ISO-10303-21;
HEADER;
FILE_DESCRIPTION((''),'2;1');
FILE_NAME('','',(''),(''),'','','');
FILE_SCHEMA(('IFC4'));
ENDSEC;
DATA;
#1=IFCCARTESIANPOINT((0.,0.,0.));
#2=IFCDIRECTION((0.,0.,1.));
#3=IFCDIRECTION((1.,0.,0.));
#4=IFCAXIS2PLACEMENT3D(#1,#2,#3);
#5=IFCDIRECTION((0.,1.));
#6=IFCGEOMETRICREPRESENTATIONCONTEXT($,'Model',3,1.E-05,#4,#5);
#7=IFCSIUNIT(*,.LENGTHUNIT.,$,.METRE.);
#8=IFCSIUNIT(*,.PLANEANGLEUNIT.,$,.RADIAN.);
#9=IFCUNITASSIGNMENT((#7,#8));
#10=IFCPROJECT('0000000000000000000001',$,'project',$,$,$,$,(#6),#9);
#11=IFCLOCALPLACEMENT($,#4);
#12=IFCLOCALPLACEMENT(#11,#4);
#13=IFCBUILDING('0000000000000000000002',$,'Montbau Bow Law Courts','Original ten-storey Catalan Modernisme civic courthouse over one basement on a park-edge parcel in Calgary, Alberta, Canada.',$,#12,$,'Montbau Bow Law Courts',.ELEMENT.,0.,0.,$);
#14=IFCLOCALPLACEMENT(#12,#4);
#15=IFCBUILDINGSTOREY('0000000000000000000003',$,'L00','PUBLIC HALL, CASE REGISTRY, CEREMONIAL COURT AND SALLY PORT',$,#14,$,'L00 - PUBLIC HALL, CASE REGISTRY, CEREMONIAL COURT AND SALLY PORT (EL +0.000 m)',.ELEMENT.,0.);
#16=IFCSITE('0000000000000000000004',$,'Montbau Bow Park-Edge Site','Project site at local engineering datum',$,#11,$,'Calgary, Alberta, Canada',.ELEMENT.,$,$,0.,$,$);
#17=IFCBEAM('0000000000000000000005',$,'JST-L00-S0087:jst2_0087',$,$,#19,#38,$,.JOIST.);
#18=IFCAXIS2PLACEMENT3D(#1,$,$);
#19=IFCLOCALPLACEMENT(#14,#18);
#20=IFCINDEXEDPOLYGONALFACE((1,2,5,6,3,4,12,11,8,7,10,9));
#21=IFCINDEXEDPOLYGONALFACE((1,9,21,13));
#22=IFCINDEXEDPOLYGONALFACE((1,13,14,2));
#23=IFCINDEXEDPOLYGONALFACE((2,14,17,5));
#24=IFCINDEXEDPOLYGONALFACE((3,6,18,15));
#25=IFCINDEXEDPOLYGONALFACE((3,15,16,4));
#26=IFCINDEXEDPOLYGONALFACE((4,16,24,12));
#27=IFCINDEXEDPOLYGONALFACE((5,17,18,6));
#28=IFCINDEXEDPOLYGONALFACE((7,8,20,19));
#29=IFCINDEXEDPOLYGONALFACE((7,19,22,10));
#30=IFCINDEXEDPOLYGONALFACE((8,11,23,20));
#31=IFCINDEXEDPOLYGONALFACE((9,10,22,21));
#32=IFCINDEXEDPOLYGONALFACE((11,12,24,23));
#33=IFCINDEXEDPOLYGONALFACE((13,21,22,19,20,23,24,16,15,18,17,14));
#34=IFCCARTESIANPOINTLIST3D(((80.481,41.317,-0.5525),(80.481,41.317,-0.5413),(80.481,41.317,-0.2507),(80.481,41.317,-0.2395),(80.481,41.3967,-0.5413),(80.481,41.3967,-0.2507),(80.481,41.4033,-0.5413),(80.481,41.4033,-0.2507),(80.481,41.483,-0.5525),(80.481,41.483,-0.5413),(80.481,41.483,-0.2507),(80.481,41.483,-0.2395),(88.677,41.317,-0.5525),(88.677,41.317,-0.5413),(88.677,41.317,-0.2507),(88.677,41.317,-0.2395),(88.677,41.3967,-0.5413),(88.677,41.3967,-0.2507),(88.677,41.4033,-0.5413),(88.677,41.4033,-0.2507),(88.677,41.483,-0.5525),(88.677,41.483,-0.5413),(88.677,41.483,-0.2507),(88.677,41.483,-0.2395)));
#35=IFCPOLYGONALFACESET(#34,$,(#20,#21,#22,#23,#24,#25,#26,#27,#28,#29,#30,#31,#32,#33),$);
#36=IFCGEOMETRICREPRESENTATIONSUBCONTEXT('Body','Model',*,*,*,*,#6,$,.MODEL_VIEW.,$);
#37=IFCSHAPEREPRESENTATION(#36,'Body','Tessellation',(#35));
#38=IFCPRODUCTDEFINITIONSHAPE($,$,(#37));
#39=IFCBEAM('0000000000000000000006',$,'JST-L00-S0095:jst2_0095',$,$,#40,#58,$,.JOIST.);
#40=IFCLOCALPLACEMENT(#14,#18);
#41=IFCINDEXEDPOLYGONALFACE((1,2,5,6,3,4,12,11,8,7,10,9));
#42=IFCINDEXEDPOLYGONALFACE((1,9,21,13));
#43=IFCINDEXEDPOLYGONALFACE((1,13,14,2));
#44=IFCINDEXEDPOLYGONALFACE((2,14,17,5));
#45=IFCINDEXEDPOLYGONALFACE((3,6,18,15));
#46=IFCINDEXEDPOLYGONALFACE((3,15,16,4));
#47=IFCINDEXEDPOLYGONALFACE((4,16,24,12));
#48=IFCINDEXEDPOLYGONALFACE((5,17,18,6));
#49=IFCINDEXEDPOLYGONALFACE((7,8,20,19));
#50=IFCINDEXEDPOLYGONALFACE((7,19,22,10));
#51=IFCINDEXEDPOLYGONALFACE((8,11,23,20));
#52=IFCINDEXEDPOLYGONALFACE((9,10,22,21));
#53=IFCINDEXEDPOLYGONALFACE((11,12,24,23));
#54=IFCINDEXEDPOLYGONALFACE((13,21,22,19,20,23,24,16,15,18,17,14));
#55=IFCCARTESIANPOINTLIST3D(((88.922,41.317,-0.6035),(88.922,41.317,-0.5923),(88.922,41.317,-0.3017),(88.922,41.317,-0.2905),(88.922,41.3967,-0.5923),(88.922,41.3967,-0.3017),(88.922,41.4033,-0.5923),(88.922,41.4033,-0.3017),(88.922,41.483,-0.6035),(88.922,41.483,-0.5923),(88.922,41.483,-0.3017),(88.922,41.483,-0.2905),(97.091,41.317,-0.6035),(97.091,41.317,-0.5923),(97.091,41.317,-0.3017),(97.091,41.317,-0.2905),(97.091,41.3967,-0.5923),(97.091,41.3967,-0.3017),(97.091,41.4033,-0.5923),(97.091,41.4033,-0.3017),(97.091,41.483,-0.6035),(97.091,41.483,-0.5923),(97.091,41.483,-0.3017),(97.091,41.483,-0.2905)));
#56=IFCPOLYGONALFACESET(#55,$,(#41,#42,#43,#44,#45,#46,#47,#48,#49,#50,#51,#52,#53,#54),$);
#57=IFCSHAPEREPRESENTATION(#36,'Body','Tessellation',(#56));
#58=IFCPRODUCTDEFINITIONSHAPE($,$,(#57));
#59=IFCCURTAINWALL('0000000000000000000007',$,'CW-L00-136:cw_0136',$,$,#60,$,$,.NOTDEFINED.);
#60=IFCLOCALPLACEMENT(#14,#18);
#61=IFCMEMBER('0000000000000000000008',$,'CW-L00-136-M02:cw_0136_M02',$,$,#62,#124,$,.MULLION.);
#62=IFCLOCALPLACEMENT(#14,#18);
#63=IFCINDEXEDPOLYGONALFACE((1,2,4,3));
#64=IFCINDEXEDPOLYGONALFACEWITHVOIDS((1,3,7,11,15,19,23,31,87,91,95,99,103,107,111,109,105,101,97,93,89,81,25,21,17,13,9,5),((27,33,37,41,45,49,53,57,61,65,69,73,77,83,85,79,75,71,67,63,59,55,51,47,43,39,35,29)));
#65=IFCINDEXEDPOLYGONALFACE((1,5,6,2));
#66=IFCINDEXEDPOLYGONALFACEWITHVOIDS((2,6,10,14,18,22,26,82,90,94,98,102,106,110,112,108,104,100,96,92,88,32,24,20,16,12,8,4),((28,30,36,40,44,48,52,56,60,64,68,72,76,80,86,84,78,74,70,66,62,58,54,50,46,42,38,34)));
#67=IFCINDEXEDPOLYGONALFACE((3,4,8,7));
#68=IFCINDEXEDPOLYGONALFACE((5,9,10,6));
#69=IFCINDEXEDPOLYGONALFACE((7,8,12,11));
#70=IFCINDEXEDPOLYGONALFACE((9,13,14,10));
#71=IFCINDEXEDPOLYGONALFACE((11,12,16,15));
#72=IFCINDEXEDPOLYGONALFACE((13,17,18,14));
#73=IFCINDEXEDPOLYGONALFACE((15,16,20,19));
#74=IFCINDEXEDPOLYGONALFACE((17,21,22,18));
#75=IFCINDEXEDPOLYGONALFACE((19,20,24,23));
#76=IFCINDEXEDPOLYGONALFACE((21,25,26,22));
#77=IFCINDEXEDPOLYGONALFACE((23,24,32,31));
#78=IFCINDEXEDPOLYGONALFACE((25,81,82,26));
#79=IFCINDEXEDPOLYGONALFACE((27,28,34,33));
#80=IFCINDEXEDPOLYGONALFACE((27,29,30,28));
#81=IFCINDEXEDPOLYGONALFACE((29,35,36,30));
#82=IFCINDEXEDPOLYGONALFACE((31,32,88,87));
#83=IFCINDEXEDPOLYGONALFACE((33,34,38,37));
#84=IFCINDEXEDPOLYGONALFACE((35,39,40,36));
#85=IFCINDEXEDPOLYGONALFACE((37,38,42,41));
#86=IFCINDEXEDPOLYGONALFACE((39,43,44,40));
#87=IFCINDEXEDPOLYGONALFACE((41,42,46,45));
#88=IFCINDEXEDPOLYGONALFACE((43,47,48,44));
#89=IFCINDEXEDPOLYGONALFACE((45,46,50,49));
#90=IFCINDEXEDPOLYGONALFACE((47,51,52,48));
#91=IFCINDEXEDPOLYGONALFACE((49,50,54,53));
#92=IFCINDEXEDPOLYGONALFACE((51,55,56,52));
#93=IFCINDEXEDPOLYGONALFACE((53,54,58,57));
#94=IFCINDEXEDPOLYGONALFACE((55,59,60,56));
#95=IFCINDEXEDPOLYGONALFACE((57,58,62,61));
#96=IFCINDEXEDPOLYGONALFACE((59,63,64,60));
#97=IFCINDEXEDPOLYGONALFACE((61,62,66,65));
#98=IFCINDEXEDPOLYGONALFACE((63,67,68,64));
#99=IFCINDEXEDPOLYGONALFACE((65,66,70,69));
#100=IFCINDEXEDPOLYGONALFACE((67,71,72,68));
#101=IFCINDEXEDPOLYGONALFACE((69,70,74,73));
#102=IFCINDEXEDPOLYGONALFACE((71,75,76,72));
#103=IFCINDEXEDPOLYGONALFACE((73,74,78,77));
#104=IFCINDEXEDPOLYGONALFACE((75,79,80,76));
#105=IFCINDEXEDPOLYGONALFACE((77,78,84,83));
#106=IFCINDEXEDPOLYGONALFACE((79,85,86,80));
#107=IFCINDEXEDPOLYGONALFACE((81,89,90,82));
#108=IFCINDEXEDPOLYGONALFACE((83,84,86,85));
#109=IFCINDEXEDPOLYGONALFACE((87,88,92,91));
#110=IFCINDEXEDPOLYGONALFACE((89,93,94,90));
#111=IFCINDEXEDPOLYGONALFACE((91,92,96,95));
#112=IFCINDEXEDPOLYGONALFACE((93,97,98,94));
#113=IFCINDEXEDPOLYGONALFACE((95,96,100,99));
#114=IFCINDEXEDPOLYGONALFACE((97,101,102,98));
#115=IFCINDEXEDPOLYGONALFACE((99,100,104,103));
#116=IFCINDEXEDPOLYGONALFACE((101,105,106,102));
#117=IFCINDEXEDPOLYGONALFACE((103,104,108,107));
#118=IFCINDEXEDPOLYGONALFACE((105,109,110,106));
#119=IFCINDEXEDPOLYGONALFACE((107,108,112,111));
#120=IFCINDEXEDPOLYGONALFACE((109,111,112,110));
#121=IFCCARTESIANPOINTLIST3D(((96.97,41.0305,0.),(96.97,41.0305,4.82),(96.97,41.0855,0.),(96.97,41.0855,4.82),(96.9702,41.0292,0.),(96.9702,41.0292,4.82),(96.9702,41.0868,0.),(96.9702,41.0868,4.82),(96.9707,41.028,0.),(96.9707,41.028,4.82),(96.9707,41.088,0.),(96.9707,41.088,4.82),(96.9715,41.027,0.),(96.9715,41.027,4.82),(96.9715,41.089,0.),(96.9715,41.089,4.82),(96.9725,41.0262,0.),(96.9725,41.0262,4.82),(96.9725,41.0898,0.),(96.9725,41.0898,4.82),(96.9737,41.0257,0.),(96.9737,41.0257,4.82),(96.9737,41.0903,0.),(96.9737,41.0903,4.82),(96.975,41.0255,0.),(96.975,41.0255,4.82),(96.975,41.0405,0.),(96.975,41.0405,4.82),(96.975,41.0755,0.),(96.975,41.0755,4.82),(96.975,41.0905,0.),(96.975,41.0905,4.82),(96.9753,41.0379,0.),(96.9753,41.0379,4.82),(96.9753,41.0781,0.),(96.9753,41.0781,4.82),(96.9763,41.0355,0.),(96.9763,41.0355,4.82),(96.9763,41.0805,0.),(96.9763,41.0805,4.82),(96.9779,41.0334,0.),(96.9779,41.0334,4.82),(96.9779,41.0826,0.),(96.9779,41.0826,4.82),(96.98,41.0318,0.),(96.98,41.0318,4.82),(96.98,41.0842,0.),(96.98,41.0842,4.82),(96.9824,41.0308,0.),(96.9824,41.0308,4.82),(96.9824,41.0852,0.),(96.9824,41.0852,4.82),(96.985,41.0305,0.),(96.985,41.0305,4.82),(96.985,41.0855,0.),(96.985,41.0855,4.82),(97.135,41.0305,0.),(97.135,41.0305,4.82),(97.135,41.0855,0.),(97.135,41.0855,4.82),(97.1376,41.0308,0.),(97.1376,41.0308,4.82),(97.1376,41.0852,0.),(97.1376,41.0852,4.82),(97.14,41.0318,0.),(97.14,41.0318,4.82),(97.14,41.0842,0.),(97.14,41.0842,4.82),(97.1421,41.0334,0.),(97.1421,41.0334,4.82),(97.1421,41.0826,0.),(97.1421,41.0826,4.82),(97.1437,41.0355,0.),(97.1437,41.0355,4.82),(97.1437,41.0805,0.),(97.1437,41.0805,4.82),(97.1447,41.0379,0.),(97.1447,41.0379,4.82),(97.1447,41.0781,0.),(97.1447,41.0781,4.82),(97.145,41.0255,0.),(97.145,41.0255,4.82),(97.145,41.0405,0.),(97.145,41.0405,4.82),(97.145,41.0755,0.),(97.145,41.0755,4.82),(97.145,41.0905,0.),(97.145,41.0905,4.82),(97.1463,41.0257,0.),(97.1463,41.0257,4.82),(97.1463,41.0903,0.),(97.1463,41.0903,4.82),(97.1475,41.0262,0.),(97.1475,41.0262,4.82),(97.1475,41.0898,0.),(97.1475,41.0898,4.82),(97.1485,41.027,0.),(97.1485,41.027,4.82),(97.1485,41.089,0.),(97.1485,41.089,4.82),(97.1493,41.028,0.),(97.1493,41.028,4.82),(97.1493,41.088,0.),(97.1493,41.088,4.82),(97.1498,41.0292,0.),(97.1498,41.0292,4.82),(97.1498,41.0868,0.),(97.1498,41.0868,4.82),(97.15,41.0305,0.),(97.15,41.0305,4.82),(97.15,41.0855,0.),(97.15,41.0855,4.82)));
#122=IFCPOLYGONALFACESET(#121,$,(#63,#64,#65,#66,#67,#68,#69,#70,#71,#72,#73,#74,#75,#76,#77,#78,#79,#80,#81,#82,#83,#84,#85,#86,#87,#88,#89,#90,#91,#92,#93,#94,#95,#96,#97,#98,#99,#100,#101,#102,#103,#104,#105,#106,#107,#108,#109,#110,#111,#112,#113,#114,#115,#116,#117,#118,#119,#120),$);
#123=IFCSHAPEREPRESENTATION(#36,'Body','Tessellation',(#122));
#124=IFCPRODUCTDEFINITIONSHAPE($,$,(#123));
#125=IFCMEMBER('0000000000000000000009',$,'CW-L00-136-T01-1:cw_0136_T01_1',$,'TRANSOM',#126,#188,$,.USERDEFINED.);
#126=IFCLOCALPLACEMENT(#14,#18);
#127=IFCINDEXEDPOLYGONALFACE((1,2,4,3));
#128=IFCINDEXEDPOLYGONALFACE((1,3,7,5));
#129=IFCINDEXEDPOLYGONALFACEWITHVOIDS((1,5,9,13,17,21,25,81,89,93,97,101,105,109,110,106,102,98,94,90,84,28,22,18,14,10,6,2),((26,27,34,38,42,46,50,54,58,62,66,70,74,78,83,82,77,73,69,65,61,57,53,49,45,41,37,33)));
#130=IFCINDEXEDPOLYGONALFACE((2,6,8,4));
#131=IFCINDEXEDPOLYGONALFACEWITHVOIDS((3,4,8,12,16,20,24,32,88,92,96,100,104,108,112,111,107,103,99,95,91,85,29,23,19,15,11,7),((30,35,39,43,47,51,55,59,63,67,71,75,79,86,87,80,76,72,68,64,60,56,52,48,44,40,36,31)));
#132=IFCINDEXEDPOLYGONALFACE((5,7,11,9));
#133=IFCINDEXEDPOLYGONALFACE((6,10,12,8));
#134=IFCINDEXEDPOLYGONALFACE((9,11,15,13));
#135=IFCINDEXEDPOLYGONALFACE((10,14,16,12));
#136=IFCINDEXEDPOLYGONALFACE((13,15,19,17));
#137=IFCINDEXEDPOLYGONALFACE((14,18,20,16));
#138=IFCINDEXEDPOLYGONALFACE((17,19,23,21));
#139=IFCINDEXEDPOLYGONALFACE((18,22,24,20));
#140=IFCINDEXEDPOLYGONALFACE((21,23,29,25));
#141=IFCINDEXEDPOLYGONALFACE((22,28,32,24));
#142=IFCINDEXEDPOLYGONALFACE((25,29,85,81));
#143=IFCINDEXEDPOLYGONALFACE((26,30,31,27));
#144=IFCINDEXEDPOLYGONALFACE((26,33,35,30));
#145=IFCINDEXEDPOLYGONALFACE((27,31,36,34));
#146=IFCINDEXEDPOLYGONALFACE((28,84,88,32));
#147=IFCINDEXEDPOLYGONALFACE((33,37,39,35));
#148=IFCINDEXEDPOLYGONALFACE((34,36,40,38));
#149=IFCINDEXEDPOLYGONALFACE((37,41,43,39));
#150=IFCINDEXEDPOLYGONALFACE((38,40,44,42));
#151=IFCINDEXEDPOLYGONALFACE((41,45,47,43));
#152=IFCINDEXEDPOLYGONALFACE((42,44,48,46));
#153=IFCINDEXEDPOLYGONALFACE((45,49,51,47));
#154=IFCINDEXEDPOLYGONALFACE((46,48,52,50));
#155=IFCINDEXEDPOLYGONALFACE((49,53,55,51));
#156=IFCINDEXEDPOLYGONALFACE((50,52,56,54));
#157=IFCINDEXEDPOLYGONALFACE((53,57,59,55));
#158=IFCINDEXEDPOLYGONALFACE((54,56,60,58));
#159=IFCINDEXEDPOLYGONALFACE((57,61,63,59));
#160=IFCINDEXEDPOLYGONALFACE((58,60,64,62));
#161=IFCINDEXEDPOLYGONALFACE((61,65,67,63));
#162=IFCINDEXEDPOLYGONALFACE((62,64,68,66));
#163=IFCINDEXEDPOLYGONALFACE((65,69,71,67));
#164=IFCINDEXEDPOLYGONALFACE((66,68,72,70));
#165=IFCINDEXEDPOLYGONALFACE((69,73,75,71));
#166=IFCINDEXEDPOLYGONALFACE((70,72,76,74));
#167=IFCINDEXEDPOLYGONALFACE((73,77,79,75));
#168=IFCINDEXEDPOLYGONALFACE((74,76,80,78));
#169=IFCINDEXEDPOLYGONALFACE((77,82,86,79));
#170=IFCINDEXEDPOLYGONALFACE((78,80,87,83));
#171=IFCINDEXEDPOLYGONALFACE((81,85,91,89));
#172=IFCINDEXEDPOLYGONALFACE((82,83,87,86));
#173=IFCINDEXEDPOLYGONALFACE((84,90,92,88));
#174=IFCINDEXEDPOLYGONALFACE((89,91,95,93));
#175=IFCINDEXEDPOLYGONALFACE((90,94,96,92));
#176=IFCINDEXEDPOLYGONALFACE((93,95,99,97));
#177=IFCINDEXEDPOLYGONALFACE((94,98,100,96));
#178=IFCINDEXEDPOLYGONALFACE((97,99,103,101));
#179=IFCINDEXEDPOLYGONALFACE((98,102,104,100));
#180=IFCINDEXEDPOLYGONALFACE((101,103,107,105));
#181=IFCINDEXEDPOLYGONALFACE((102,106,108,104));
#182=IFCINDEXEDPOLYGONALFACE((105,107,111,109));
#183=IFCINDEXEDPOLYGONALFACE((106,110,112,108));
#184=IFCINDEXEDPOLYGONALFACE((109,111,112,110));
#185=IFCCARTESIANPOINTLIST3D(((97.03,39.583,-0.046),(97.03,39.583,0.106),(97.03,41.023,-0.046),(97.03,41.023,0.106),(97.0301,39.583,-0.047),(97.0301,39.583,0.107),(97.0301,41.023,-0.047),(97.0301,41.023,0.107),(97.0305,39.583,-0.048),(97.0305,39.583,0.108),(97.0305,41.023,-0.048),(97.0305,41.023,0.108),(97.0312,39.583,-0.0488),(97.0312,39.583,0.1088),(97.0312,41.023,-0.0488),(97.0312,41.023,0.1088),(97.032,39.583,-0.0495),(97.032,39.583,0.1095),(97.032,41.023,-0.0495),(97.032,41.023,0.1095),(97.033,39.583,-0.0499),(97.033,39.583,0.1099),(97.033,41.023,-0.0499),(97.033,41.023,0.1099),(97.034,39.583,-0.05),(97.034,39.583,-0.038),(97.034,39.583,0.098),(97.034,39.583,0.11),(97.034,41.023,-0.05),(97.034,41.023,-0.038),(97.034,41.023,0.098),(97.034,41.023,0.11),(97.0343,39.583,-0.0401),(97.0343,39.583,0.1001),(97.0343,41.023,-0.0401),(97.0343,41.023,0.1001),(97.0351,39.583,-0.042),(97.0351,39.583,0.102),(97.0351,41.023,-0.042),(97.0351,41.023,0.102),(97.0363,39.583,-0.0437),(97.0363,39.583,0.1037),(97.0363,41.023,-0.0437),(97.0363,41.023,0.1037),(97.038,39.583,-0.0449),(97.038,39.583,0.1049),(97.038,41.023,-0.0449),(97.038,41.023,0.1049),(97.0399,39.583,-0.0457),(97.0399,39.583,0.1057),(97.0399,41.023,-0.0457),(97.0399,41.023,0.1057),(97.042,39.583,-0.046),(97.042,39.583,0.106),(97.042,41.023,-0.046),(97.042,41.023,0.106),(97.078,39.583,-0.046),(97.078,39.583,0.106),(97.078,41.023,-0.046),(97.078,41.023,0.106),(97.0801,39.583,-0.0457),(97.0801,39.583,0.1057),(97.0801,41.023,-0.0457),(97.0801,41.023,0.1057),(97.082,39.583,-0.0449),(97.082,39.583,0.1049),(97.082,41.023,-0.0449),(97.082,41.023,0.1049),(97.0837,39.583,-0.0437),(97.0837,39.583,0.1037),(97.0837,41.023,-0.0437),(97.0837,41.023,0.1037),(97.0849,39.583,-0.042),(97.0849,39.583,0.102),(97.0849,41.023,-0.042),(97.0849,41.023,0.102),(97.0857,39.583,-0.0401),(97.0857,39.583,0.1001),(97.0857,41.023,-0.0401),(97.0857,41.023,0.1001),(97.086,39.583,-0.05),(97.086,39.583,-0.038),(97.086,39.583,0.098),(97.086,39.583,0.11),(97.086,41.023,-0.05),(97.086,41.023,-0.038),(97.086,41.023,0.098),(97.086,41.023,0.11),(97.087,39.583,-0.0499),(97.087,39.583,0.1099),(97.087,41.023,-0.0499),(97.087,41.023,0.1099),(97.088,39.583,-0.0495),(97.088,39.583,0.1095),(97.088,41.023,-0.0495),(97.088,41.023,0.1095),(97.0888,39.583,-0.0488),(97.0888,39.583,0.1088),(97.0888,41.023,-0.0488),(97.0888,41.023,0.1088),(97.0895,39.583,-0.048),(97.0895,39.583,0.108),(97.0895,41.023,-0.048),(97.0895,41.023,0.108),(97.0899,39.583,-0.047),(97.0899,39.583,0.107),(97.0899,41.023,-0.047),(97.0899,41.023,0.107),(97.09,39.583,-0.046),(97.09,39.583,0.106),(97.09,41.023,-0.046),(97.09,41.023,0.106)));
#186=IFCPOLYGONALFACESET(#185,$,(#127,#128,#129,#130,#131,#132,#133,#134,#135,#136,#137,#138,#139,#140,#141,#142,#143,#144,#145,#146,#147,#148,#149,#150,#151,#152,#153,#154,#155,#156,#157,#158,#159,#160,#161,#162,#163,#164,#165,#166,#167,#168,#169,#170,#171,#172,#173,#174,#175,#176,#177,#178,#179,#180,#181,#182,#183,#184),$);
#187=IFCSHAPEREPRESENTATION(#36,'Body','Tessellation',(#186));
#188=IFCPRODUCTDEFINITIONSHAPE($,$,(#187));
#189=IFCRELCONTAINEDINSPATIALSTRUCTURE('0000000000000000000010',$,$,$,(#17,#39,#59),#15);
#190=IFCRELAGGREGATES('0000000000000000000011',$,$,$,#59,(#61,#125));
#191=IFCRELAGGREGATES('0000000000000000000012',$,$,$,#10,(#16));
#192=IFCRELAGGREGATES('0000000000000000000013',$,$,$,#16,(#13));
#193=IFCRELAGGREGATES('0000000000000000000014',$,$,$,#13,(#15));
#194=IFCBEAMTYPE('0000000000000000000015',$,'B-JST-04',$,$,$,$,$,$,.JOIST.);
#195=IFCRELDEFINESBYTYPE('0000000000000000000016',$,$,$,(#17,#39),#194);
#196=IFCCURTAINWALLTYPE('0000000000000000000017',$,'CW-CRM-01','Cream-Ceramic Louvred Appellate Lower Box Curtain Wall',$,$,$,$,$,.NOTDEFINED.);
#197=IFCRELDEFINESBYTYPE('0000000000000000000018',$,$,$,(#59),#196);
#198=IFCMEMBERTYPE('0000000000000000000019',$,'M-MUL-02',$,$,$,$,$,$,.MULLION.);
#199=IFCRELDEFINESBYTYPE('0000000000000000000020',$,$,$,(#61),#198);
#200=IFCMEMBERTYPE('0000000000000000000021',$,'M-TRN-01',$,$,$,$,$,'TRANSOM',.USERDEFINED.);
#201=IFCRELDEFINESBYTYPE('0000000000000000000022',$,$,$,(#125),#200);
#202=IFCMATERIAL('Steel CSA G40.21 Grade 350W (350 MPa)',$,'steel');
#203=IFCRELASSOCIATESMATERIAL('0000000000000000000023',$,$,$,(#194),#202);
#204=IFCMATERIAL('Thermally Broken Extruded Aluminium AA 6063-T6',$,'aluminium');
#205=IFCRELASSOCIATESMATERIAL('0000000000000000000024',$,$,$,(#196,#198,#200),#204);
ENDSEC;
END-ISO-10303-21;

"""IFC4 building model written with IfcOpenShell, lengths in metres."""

from ifc_helpers import new_model, si_unit, direction, frame, origin_with_axes, origin_2d_with_axis, place, context, subcontext, project, spatial, hollow_rectangle, i_section, extrude, material, material_profile, profile_set, type_object, element, aggregate, save


model = new_model("IFC4")

# Units and contexts
model_context = context("Model", 3, precision=1e-05, world=origin_with_axes(), true_north=direction((0.0, 1.0)))
body_context = subcontext(model_context, "Body", "Model", "MODEL_VIEW")
ifc_project = project(units=[si_unit("LENGTHUNIT", "METRE"), si_unit("PLANEANGLEUNIT", "RADIAN")], contexts=[model_context])

# Site, building, storey
site_placement = place(None, origin_with_axes())
site = spatial("IfcSite", under=ifc_project, at=site_placement, Name="Montbau Bow Park-Edge Site", Description="Project site at local engineering datum", LongName="Calgary, Alberta, Canada", CompositionType="ELEMENT", RefElevation=0.0)
building_placement = place(site_placement, origin_with_axes())
building = spatial("IfcBuilding", under=site, at=building_placement, Name="Montbau Bow Law Courts", Description="Original ten-storey Catalan Modernisme civic courthouse over one basement on a park-edge parcel in Calgary, Alberta, Canada.", LongName="Montbau Bow Law Courts", CompositionType="ELEMENT", ElevationOfRefHeight=0.0, ElevationOfTerrain=0.0)
storey_placement = place(building_placement, origin_with_axes())
storey = spatial("IfcBuildingStorey", under=building, at=storey_placement, Name="L00", Description="PUBLIC HALL, CASE REGISTRY, CEREMONIAL COURT AND SALLY PORT", LongName="L00 - PUBLIC HALL, CASE REGISTRY, CEREMONIAL COURT AND SALLY PORT (EL +0.000 m)", CompositionType="ELEMENT", Elevation=0.0)

# Shared definitions
ifc_material_1 = material(Name="Steel CSA G40.21 Grade 350W (350 MPa)", Category="steel")

# Beams
ifc_material_profile_1 = material_profile(ifc_material_1, i_section(OverallWidth=0.166, OverallDepth=0.313, WebThickness=0.0066, FlangeThickness=0.0112, at=origin_2d_with_axis()), Name="W310X45", Category="Main", Priority=0)
ifc_profile_set_1 = profile_set([ifc_material_profile_1], Name="Steel CSA G40.21 Grade 350W (350 MPa)")
beam_type_1 = type_object("IfcBeamType", Name="B-JST-04", PredefinedType="JOIST", material=ifc_profile_set_1)
beam_1_placement = place(None, frame((80.481, 41.4, -0.396), z_axis=(1.0, 0.0, 0.0), x_axis=(0.0, 1.0, 0.0)))
element("IfcBeam", 1, at=beam_1_placement, inside=storey, type_object=beam_type_1, Name="JST-L00-S0087:jst2_0087", PredefinedType="JOIST", context=body_context, shape_type="SweptSolid", body=[
    extrude(i_section(OverallWidth=0.166, OverallDepth=0.313, WebThickness=0.0066, FlangeThickness=0.0112, at=origin_2d_with_axis()), origin_with_axes(), (0.0, 0.0, 1.0), 8.196),
])
beam_2_placement = place(None, frame((88.922, 41.4, -0.447), z_axis=(1.0, 0.0, 0.0), x_axis=(0.0, 1.0, 0.0)))
element("IfcBeam", 2, at=beam_2_placement, inside=storey, type_object=beam_type_1, Name="JST-L00-S0095:jst2_0095", PredefinedType="JOIST", context=body_context, shape_type="SweptSolid", body=[
    extrude(i_section(OverallWidth=0.166, OverallDepth=0.313, WebThickness=0.0066, FlangeThickness=0.0112, at=origin_2d_with_axis()), origin_with_axes(), (0.0, 0.0, 1.0), 8.169),
])

# Curtain wall, members
ifc_material_2 = material(Name="Thermally Broken Extruded Aluminium AA 6063-T6", Category="aluminium")
curtain_wall_type = type_object("IfcCurtainWallType", Name="CW-CRM-01", Description="Cream-Ceramic Louvred Appellate Lower Box Curtain Wall", PredefinedType="NOTDEFINED", material=ifc_material_2)
curtain_wall_placement = place(None, frame((97.06, 39.515, 0.0), z_axis=(0.0, 0.0, 1.0), x_axis=(1.0, 0.0, 0.0)))
curtain_wall = element("IfcCurtainWall", 3, at=curtain_wall_placement, inside=storey, type_object=curtain_wall_type, Name="CW-L00-136:cw_0136", PredefinedType="NOTDEFINED")
ifc_material_profile_2 = material_profile(ifc_material_2, hollow_rectangle(XDim=0.065, YDim=0.18, WallThickness=0.005, InnerFilletRadius=0.01, OuterFilletRadius=0.005, at=origin_2d_with_axis()), Name="CWM-180X65", Category="Main", Priority=0)
ifc_profile_set_2 = profile_set([ifc_material_profile_2], Name="Thermally Broken Extruded Aluminium AA 6063-T6")
member_type_1 = type_object("IfcMemberType", Name="M-MUL-02", PredefinedType="MULLION", material=ifc_profile_set_2)
member_1_placement = place(None, frame((97.06, 41.058, 0.0), z_axis=(0.0, 0.0, 1.0), x_axis=(0.0, 1.0, 0.0)))
member_1 = element("IfcMember", 4, at=member_1_placement, type_object=member_type_1, Name="CW-L00-136-M02:cw_0136_M02", PredefinedType="MULLION", context=body_context, shape_type="SweptSolid", body=[
    extrude(hollow_rectangle(XDim=0.065, YDim=0.18, WallThickness=0.005, InnerFilletRadius=0.01, OuterFilletRadius=0.005, at=origin_2d_with_axis()), origin_with_axes(), (0.0, 0.0, 1.0), 4.82),
])
ifc_material_profile_3 = material_profile(ifc_material_2, hollow_rectangle(XDim=0.06, YDim=0.16, WallThickness=0.004, InnerFilletRadius=0.008, OuterFilletRadius=0.004, at=origin_2d_with_axis()), Name="CWT-160X60", Category="Main", Priority=0)
ifc_profile_set_3 = profile_set([ifc_material_profile_3], Name="Thermally Broken Extruded Aluminium AA 6063-T6")
member_type_2 = type_object("IfcMemberType", Name="M-TRN-01", ElementType="TRANSOM", PredefinedType="USERDEFINED", material=ifc_profile_set_3)
member_2_placement = place(None, frame((97.06, 39.583, 0.03), z_axis=(0.0, 1.0, 0.0), x_axis=(-1.0, 0.0, 0.0)))
member_2 = element("IfcMember", 5, at=member_2_placement, type_object=member_type_2, Name="CW-L00-136-T01-1:cw_0136_T01_1", ObjectType="TRANSOM", PredefinedType="USERDEFINED", context=body_context, shape_type="SweptSolid", body=[
    extrude(hollow_rectangle(XDim=0.06, YDim=0.16, WallThickness=0.004, InnerFilletRadius=0.008, OuterFilletRadius=0.004, at=origin_2d_with_axis()), origin_with_axes(), (0.0, 0.0, 1.0), 1.44),
])
aggregate(curtain_wall, [member_1, member_2])

save(model, "model.ifc")
